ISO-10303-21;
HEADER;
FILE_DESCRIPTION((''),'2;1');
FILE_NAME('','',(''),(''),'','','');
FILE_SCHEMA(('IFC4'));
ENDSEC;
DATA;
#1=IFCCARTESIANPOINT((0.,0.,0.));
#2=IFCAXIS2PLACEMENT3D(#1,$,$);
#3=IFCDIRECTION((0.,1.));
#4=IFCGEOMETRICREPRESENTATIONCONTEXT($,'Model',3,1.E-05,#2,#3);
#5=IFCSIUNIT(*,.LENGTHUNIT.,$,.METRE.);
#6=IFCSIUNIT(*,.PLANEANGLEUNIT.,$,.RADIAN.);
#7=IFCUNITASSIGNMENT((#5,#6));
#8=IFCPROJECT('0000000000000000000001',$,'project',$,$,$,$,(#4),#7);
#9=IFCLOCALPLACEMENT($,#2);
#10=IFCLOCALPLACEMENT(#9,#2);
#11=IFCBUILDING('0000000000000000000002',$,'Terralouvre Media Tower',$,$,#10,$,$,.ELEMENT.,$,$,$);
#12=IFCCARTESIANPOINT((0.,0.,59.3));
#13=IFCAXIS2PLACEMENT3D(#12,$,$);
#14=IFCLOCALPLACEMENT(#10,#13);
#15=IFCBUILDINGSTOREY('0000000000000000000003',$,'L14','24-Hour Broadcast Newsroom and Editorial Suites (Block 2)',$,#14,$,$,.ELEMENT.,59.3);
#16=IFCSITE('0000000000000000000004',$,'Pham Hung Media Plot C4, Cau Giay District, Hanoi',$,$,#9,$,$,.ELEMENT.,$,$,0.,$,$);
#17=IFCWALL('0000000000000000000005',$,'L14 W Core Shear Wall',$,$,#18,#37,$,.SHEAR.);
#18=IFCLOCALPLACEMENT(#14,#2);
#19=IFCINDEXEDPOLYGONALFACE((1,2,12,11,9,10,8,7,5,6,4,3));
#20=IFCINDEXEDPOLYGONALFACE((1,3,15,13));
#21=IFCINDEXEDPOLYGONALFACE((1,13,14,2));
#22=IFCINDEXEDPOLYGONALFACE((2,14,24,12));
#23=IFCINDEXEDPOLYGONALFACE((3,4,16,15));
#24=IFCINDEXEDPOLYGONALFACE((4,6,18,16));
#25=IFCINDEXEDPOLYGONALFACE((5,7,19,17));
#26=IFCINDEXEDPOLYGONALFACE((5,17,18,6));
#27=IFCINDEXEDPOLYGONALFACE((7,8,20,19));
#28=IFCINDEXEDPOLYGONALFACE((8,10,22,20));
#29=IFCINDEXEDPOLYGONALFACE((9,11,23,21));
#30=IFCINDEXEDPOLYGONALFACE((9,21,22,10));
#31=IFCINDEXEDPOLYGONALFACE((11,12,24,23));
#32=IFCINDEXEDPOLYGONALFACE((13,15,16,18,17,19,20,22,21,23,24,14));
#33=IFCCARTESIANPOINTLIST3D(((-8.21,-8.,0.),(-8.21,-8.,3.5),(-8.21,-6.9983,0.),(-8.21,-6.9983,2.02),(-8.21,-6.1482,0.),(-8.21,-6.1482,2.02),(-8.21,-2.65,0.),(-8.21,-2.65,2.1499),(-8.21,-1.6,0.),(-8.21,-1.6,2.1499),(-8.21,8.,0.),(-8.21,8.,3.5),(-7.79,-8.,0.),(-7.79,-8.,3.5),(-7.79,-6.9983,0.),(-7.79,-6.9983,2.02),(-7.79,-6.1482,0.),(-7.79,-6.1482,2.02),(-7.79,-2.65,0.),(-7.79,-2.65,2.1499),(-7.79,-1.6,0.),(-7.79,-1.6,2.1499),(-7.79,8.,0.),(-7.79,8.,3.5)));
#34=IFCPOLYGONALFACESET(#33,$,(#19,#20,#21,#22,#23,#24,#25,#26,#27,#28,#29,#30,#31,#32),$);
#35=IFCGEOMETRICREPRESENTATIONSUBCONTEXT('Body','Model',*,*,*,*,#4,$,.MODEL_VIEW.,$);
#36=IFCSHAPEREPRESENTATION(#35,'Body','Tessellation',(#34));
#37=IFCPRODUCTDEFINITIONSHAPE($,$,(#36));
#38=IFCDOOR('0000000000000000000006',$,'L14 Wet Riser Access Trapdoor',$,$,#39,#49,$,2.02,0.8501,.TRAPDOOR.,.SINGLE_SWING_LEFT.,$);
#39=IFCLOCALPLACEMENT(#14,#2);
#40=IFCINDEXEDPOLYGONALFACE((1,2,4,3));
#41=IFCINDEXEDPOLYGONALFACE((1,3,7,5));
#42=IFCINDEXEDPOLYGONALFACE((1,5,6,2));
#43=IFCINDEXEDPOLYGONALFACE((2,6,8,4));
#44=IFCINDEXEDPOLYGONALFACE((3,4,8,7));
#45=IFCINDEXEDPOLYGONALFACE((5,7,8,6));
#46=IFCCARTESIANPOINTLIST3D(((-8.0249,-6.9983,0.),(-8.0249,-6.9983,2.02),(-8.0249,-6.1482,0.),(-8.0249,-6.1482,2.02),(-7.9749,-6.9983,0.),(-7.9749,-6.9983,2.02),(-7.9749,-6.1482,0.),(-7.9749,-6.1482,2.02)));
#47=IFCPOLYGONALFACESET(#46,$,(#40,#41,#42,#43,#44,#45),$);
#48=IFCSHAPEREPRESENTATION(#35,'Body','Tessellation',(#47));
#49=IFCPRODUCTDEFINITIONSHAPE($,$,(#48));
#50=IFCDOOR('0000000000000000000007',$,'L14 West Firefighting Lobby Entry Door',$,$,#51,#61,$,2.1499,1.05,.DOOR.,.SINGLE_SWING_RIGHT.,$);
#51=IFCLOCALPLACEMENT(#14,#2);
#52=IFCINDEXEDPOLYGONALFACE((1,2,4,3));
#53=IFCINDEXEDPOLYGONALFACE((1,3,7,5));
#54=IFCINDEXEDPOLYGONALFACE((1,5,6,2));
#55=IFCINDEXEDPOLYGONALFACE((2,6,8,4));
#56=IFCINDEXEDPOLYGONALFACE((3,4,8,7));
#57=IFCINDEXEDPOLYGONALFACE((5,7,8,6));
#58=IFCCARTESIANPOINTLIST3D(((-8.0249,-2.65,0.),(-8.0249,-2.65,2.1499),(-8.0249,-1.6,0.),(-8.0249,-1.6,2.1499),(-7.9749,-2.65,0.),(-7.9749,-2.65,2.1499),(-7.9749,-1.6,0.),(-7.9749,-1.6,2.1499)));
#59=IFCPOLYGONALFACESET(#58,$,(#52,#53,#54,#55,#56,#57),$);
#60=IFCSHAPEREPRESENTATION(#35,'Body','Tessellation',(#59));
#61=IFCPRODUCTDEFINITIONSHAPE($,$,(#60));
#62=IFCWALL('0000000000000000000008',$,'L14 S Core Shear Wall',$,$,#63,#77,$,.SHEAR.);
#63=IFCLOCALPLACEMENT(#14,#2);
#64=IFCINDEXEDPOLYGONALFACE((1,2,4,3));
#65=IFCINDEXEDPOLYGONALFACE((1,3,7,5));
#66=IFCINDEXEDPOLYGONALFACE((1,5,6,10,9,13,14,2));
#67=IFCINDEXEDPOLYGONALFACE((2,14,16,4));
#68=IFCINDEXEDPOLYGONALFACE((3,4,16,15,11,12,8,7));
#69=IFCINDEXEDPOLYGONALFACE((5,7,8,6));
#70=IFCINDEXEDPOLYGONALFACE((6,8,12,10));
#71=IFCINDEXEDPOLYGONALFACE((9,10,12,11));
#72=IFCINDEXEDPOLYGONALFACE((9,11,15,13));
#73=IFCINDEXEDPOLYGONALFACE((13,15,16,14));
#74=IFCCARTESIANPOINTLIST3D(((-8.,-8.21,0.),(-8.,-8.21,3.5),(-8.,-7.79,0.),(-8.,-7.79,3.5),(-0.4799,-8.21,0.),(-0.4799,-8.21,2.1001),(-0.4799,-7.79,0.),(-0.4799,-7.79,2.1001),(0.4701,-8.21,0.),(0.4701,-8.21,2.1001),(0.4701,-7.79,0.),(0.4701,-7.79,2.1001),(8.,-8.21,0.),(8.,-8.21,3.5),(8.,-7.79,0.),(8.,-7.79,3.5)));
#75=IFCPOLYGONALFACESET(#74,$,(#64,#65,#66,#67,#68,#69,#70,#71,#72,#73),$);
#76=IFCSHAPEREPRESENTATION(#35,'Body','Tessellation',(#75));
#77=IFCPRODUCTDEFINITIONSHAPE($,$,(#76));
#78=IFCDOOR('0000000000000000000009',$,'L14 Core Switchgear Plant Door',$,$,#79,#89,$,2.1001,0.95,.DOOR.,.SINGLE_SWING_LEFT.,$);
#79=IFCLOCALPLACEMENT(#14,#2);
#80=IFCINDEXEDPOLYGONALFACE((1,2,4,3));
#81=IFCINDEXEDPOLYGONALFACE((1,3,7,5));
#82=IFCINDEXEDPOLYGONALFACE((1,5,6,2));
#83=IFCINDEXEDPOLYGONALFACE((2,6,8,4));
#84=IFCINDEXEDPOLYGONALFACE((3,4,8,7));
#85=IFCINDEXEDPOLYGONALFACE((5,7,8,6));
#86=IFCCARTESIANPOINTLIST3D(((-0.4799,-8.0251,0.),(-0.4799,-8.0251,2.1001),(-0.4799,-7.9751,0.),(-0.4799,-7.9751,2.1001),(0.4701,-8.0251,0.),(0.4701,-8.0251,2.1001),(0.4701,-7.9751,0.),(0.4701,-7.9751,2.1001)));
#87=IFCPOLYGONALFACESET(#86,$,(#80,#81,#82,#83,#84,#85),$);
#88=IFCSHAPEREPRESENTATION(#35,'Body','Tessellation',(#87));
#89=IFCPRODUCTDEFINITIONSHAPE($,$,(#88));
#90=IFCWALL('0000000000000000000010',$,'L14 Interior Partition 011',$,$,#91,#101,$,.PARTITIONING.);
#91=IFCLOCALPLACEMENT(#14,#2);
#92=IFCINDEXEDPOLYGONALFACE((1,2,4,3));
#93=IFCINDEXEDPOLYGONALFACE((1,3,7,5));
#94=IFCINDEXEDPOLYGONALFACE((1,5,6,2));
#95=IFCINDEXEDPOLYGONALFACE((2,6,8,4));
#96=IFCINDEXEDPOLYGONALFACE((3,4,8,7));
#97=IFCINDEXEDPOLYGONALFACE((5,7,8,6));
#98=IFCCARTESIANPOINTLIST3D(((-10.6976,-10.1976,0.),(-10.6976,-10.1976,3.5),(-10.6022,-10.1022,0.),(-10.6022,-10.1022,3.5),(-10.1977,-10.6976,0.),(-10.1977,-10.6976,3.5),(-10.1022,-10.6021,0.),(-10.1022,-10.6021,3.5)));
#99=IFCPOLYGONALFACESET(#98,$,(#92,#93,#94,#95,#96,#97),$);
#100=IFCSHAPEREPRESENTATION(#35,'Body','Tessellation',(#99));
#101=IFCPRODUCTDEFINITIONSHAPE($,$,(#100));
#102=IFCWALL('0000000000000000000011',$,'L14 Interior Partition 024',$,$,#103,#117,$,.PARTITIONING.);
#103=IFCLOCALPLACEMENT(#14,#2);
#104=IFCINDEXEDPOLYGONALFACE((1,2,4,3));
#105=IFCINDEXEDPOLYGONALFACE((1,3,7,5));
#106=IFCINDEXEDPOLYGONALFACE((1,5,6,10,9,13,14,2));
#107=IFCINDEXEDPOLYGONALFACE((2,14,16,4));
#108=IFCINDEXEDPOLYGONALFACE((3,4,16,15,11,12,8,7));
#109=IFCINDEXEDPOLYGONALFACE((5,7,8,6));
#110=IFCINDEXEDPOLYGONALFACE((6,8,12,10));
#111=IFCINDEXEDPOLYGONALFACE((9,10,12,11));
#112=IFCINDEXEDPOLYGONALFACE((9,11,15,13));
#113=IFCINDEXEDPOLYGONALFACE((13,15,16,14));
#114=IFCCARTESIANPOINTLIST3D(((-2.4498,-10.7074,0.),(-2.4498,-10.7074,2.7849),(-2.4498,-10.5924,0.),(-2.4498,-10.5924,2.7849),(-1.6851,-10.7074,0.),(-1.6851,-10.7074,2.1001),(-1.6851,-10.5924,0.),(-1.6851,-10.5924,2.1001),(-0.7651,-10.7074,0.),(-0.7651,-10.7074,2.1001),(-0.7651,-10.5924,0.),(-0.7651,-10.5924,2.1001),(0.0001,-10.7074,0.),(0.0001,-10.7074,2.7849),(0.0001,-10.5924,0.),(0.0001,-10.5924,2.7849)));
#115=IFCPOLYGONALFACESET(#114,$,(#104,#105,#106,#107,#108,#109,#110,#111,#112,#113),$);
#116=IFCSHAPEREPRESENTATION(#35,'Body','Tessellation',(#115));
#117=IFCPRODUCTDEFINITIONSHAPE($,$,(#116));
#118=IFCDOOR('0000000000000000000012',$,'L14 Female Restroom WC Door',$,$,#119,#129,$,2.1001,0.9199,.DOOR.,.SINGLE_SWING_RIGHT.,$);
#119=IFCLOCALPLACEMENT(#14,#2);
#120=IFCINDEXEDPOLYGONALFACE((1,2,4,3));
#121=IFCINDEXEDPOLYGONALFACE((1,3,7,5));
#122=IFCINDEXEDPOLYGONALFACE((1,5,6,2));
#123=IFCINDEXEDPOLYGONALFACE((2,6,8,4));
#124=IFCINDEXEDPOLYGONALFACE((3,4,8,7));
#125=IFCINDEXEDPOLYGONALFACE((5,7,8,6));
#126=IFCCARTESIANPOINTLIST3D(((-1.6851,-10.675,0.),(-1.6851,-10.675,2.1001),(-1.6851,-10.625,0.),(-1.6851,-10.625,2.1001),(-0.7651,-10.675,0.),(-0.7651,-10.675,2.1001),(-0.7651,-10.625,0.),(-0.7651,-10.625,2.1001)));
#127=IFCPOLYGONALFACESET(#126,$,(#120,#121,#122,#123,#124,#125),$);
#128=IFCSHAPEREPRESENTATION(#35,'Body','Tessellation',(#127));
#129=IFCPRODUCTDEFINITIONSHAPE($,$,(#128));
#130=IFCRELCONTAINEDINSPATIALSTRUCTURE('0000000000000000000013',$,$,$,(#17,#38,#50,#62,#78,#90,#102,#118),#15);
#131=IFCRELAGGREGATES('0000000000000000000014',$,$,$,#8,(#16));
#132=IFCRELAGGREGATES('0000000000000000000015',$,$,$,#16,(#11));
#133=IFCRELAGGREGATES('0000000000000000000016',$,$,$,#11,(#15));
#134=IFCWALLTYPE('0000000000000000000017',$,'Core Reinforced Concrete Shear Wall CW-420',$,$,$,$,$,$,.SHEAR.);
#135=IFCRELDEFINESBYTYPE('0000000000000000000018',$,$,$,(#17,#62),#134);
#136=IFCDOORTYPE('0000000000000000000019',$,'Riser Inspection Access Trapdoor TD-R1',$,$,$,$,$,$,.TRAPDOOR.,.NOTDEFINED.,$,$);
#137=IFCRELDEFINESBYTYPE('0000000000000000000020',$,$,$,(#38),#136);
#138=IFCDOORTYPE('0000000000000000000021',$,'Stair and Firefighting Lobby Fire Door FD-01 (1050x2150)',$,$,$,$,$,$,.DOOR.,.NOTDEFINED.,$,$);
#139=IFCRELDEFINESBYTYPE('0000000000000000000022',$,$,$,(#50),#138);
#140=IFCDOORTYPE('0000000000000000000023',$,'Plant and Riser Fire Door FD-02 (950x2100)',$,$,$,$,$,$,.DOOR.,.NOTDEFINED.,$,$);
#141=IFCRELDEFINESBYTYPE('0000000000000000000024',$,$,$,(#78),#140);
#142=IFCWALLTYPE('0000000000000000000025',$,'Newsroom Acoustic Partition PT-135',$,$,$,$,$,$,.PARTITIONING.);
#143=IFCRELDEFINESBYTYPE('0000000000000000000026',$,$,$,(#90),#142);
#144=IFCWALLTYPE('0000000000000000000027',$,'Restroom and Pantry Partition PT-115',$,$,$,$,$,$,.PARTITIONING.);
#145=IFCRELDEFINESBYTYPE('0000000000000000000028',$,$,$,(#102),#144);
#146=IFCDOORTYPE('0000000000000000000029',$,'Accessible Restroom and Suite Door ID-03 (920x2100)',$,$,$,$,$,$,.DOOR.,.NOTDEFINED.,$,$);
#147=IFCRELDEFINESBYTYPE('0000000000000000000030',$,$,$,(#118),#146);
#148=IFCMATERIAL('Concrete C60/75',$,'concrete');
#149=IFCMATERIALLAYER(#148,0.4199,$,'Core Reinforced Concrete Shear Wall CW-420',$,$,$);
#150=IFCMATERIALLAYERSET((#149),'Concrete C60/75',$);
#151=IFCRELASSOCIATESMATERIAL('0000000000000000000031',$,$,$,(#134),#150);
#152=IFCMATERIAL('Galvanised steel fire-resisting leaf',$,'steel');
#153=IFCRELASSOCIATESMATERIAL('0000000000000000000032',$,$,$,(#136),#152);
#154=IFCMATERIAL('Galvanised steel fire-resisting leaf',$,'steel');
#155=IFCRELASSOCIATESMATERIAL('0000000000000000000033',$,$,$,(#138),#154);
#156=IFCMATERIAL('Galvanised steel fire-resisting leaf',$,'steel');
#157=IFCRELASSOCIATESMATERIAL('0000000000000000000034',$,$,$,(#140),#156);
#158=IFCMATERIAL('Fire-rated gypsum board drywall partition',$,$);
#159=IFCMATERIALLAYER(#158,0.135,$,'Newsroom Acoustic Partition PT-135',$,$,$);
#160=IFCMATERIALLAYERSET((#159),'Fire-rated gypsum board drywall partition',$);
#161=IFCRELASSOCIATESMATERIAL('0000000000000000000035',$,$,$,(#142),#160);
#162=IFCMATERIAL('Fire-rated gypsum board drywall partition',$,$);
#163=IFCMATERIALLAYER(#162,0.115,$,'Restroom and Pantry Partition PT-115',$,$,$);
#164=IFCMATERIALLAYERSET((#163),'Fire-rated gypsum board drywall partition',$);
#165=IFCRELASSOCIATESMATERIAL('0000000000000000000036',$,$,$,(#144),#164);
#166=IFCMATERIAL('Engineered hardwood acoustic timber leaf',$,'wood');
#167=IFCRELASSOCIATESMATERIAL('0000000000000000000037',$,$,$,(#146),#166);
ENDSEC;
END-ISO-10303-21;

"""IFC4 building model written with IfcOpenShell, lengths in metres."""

from ifc_helpers import new_model, si_unit, direction, frame, frame_2d, origin, place, context, subcontext, project, spatial, rectangle, extrude, material, layer, layer_set, type_object, element, fill, save


model = new_model("IFC4")

# Units and contexts
model_context = context("Model", 3, precision=1e-05, world=origin(), true_north=direction((0.0, 1.0)))
body_context = subcontext(model_context, "Body", "Model", "MODEL_VIEW")
ifc_project = project(units=[si_unit("LENGTHUNIT", "METRE"), si_unit("PLANEANGLEUNIT", "RADIAN")], contexts=[model_context])

# Site, building, storey
site_placement = place(None, origin())
site = spatial("IfcSite", under=ifc_project, at=site_placement, Name="Pham Hung Media Plot C4, Cau Giay District, Hanoi", CompositionType="ELEMENT", RefElevation=0.0)
building_placement = place(site_placement, origin())
building = spatial("IfcBuilding", under=site, at=building_placement, Name="Terralouvre Media Tower", CompositionType="ELEMENT")
storey_placement = place(building_placement, frame((0.0, 0.0, 59.3)))
storey = spatial("IfcBuildingStorey", under=building, at=storey_placement, Name="L14", Description="24-Hour Broadcast Newsroom and Editorial Suites (Block 2)", CompositionType="ELEMENT", Elevation=59.3)

# Wall, openings, doors
ifc_material_1 = material(Name="Concrete C60/75", Category="concrete")
ifc_layer_1 = layer(ifc_material_1, 0.4199, Name="Core Reinforced Concrete Shear Wall CW-420")
ifc_layer_set_1 = layer_set([ifc_layer_1], Name="Concrete C60/75")
wall_type_1 = type_object("IfcWallType", Name="Core Reinforced Concrete Shear Wall CW-420", PredefinedType="SHEAR", material=ifc_layer_set_1)
wall_1_placement = place(storey_placement, frame((-8.0, -8.0, 0.0), z_axis=(0.0, 0.0, 1.0), x_axis=(0.0, 1.0, 0.0)))
wall_1 = element("IfcWall", 1, at=wall_1_placement, inside=storey, type_object=wall_type_1, Name="L14 W Core Shear Wall", PredefinedType="SHEAR", context=body_context, shape_type="SweptSolid", body=[
    extrude(rectangle(XDim=16.0, YDim=0.4199, at=frame_2d((8.0, 0.0))), origin(), (0.0, 0.0, 1.0), 3.5),
])
opening_1_placement = place(wall_1_placement, frame((1.0017, 0.0, 0.0)))
opening_1 = element("IfcOpeningElement", 2, at=opening_1_placement, cuts=wall_1, PredefinedType="OPENING", context=body_context, shape_type="SweptSolid", body=[
    extrude(rectangle(XDim=0.8501, YDim=2.02, at=frame_2d((0.425, 1.01))), frame((0.0, 0.22, 0.0), z_axis=(0.0, -1.0, 0.0), x_axis=(1.0, 0.0, 0.0)), (0.0, 0.0, 1.0), 0.4399),
])
opening_2_placement = place(wall_1_placement, frame((5.3501, 0.0, 0.0)))
opening_2 = element("IfcOpeningElement", 3, at=opening_2_placement, cuts=wall_1, PredefinedType="OPENING", context=body_context, shape_type="SweptSolid", body=[
    extrude(rectangle(XDim=1.05, YDim=2.1499, at=frame_2d((0.5249, 1.075))), frame((0.0, 0.22, 0.0), z_axis=(0.0, -1.0, 0.0), x_axis=(1.0, 0.0, 0.0)), (0.0, 0.0, 1.0), 0.4399),
])
ifc_material_2 = material(Name="Galvanised steel fire-resisting leaf", Category="steel")
door_type_1 = type_object("IfcDoorType", Name="Riser Inspection Access Trapdoor TD-R1", OperationType="NOTDEFINED", PredefinedType="TRAPDOOR", material=ifc_material_2)
door_1_placement = place(opening_1_placement, origin())
door_1 = element("IfcDoor", 4, at=door_1_placement, inside=storey, type_object=door_type_1, Name="L14 Wet Riser Access Trapdoor", OperationType="SINGLE_SWING_LEFT", OverallHeight=2.02, OverallWidth=0.8501, PredefinedType="TRAPDOOR", context=body_context, shape_type="SweptSolid", body=[
    extrude(rectangle(XDim=0.8501, YDim=2.02, at=frame_2d((0.425, 1.01))), frame((0.0, 0.0249, 0.0), z_axis=(0.0, -1.0, 0.0), x_axis=(1.0, 0.0, 0.0)), (0.0, 0.0, 1.0), 0.05),
])
fill(opening_1, door_1)
ifc_material_3 = material(Name="Galvanised steel fire-resisting leaf", Category="steel")
door_type_2 = type_object("IfcDoorType", Name="Stair and Firefighting Lobby Fire Door FD-01 (1050x2150)", OperationType="NOTDEFINED", PredefinedType="DOOR", material=ifc_material_3)
door_2_placement = place(opening_2_placement, origin())
door_2 = element("IfcDoor", 5, at=door_2_placement, inside=storey, type_object=door_type_2, Name="L14 West Firefighting Lobby Entry Door", OperationType="SINGLE_SWING_RIGHT", OverallHeight=2.1499, OverallWidth=1.05, PredefinedType="DOOR", context=body_context, shape_type="SweptSolid", body=[
    extrude(rectangle(XDim=1.05, YDim=2.1499, at=frame_2d((0.5249, 1.075))), frame((0.0, 0.0249, 0.0), z_axis=(0.0, -1.0, 0.0), x_axis=(1.0, 0.0, 0.0)), (0.0, 0.0, 1.0), 0.05),
])
fill(opening_2, door_2)

# Wall, opening, door
wall_2_placement = place(storey_placement, frame((-8.0, -8.0, 0.0), z_axis=(0.0, 0.0, 1.0), x_axis=(1.0, 0.0, 0.0)))
wall_2 = element("IfcWall", 6, at=wall_2_placement, inside=storey, type_object=wall_type_1, Name="L14 S Core Shear Wall", PredefinedType="SHEAR", context=body_context, shape_type="SweptSolid", body=[
    extrude(rectangle(XDim=16.0, YDim=0.4199, at=frame_2d((8.0, 0.0))), origin(), (0.0, 0.0, 1.0), 3.5),
])
opening_3_placement = place(wall_2_placement, frame((7.52, 0.0, 0.0)))
opening_3 = element("IfcOpeningElement", 7, at=opening_3_placement, cuts=wall_2, PredefinedType="OPENING", context=body_context, shape_type="SweptSolid", body=[
    extrude(rectangle(XDim=0.95, YDim=2.1001, at=frame_2d((0.4751, 1.05))), frame((0.0, 0.22, 0.0), z_axis=(0.0, -1.0, 0.0), x_axis=(1.0, 0.0, 0.0)), (0.0, 0.0, 1.0), 0.4399),
])
ifc_material_4 = material(Name="Galvanised steel fire-resisting leaf", Category="steel")
door_type_3 = type_object("IfcDoorType", Name="Plant and Riser Fire Door FD-02 (950x2100)", OperationType="NOTDEFINED", PredefinedType="DOOR", material=ifc_material_4)
door_3_placement = place(opening_3_placement, origin())
door_3 = element("IfcDoor", 8, at=door_3_placement, inside=storey, type_object=door_type_3, Name="L14 Core Switchgear Plant Door", OperationType="SINGLE_SWING_LEFT", OverallHeight=2.1001, OverallWidth=0.95, PredefinedType="DOOR", context=body_context, shape_type="SweptSolid", body=[
    extrude(rectangle(XDim=0.95, YDim=2.1001, at=frame_2d((0.4751, 1.05))), frame((0.0, 0.0249, 0.0), z_axis=(0.0, -1.0, 0.0), x_axis=(1.0, 0.0, 0.0)), (0.0, 0.0, 1.0), 0.05),
])
fill(opening_3, door_3)

# Wall
ifc_material_5 = material(Name="Fire-rated gypsum board drywall partition")
ifc_layer_2 = layer(ifc_material_5, 0.135, Name="Newsroom Acoustic Partition PT-135")
ifc_layer_set_2 = layer_set([ifc_layer_2], Name="Fire-rated gypsum board drywall partition")
wall_type_2 = type_object("IfcWallType", Name="Newsroom Acoustic Partition PT-135", PredefinedType="PARTITIONING", material=ifc_layer_set_2)
wall_3_placement = place(storey_placement, frame((-10.6499, -10.1499, 0.0), z_axis=(0.0, 0.0, 1.0), x_axis=(0.707107, -0.707107, 0.0)))
element("IfcWall", 9, at=wall_3_placement, inside=storey, type_object=wall_type_2, Name="L14 Interior Partition 011", PredefinedType="PARTITIONING", context=body_context, shape_type="SweptSolid", body=[
    extrude(rectangle(XDim=0.707, YDim=0.135, at=frame_2d((0.3535, 0.0))), origin(), (0.0, 0.0, 1.0), 3.5),
])

# Wall, opening, door
ifc_material_6 = material(Name="Fire-rated gypsum board drywall partition")
ifc_layer_3 = layer(ifc_material_6, 0.115, Name="Restroom and Pantry Partition PT-115")
ifc_layer_set_3 = layer_set([ifc_layer_3], Name="Fire-rated gypsum board drywall partition")
wall_type_3 = type_object("IfcWallType", Name="Restroom and Pantry Partition PT-115", PredefinedType="PARTITIONING", material=ifc_layer_set_3)
wall_4_placement = place(storey_placement, frame((-2.45, -10.6499, 0.0), z_axis=(0.0, 0.0, 1.0), x_axis=(1.0, 0.0, 0.0)))
wall_4 = element("IfcWall", 10, at=wall_4_placement, inside=storey, type_object=wall_type_3, Name="L14 Interior Partition 024", PredefinedType="PARTITIONING", context=body_context, shape_type="SweptSolid", body=[
    extrude(rectangle(XDim=2.45, YDim=0.115, at=frame_2d((1.2251, 0.0))), origin(), (0.0, 0.0, 1.0), 2.7849),
])
opening_4_placement = place(wall_4_placement, frame((0.7649, 0.0, 0.0)))
opening_4 = element("IfcOpeningElement", 11, at=opening_4_placement, cuts=wall_4, PredefinedType="OPENING", context=body_context, shape_type="SweptSolid", body=[
    extrude(rectangle(XDim=0.9199, YDim=2.1001, at=frame_2d((0.46, 1.05))), frame((0.0, 0.0674, 0.0), z_axis=(0.0, -1.0, 0.0), x_axis=(1.0, 0.0, 0.0)), (0.0, 0.0, 1.0), 0.135),
])
ifc_material_7 = material(Name="Engineered hardwood acoustic timber leaf", Category="wood")
door_type_4 = type_object("IfcDoorType", Name="Accessible Restroom and Suite Door ID-03 (920x2100)", OperationType="NOTDEFINED", PredefinedType="DOOR", material=ifc_material_7)
door_4_placement = place(opening_4_placement, origin())
door_4 = element("IfcDoor", 12, at=door_4_placement, inside=storey, type_object=door_type_4, Name="L14 Female Restroom WC Door", OperationType="SINGLE_SWING_RIGHT", OverallHeight=2.1001, OverallWidth=0.9199, PredefinedType="DOOR", context=body_context, shape_type="SweptSolid", body=[
    extrude(rectangle(XDim=0.9199, YDim=2.1001, at=frame_2d((0.46, 1.05))), frame((0.0, 0.0249, 0.0), z_axis=(0.0, -1.0, 0.0), x_axis=(1.0, 0.0, 0.0)), (0.0, 0.0, 1.0), 0.05),
])
fill(opening_4, door_4)

save(model, "model.ifc")
